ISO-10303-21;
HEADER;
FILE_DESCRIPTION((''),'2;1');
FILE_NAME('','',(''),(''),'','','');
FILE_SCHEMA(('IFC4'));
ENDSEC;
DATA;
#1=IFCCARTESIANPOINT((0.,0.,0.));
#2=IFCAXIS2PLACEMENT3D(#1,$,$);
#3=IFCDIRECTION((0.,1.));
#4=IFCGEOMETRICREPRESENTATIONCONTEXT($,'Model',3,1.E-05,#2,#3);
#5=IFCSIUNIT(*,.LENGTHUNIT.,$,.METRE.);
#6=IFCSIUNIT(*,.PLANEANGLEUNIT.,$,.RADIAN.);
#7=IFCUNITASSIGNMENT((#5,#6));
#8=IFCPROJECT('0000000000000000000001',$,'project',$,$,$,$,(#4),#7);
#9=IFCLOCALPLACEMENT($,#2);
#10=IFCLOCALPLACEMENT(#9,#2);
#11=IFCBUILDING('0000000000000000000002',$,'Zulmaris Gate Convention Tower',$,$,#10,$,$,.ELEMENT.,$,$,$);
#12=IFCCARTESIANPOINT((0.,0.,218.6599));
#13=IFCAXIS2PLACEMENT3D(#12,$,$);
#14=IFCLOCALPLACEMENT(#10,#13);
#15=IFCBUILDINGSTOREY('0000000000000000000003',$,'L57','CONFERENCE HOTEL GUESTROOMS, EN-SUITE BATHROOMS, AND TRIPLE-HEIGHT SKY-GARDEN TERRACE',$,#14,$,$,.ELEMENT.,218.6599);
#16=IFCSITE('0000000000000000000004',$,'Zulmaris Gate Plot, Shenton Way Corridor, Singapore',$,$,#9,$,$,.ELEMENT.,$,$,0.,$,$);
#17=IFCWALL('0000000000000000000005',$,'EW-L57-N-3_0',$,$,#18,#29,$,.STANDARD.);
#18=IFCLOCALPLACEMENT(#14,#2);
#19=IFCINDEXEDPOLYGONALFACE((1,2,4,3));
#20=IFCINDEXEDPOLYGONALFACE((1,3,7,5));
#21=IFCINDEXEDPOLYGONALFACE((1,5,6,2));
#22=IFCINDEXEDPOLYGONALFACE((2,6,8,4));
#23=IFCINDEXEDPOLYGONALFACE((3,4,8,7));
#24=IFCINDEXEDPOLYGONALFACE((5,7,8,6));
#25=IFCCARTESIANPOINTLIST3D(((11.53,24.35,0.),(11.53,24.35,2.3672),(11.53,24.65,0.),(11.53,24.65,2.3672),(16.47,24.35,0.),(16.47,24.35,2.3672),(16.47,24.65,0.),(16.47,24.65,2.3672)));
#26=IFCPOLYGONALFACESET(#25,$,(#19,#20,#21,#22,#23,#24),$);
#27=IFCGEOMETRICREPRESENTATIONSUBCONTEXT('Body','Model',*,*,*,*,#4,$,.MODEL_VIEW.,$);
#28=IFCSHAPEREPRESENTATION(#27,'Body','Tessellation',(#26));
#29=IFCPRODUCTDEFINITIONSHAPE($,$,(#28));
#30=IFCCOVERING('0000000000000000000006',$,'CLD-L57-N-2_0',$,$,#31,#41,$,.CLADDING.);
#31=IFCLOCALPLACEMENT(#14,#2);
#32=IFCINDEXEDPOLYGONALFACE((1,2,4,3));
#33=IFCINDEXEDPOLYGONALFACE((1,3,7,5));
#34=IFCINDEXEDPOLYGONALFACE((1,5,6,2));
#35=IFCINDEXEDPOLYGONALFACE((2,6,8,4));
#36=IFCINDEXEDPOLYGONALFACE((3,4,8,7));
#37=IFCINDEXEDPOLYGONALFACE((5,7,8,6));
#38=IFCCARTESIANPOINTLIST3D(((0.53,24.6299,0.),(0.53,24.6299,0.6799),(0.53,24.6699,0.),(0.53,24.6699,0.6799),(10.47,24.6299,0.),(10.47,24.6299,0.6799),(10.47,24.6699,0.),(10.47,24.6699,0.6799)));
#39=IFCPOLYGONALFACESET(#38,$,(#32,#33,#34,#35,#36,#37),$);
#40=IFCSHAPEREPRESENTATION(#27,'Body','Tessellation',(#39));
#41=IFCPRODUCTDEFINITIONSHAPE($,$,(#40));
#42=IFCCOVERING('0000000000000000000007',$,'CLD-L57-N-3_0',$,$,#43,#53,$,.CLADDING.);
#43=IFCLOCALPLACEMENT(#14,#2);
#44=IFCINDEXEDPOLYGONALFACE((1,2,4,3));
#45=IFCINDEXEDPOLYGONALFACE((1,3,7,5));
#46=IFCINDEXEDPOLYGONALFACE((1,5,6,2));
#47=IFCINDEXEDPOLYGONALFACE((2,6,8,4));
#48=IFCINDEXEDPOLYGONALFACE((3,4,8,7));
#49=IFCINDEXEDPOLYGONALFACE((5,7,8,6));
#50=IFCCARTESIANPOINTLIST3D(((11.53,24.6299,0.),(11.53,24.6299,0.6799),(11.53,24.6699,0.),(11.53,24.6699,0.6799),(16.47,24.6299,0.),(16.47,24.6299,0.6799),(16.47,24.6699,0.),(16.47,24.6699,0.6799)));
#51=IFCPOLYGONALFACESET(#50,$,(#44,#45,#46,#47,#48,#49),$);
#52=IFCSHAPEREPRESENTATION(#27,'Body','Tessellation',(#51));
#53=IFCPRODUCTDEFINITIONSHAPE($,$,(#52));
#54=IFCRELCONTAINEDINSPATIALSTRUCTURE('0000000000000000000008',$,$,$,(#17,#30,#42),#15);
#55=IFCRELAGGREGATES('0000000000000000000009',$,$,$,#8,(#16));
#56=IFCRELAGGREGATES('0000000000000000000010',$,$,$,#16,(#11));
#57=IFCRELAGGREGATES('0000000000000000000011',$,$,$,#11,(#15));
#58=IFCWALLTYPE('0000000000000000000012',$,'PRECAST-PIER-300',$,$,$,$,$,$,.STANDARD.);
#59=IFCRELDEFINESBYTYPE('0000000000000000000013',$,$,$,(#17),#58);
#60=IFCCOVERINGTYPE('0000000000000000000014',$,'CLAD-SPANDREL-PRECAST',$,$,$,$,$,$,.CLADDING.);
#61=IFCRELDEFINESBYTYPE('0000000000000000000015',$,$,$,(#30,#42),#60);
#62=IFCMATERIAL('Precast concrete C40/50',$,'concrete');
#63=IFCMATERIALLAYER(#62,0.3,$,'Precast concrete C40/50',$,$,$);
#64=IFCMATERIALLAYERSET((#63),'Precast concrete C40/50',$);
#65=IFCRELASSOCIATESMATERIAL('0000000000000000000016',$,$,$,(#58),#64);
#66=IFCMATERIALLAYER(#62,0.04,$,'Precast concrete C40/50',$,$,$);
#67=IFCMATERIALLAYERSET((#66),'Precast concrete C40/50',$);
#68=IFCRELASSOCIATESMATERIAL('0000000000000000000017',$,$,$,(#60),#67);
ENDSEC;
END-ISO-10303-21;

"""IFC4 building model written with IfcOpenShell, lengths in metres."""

from ifc_helpers import new_model, si_unit, direction, frame, frame_2d, origin, place, context, subcontext, project, spatial, rectangle, extrude, material, layer, layer_set, type_object, element, save


model = new_model("IFC4")

# Units and contexts
model_context = context("Model", 3, precision=1e-05, world=origin(), true_north=direction((0.0, 1.0)))
body_context = subcontext(model_context, "Body", "Model", "MODEL_VIEW")
ifc_project = project(units=[si_unit("LENGTHUNIT", "METRE"), si_unit("PLANEANGLEUNIT", "RADIAN")], contexts=[model_context])

# Site, building, storey
site_placement = place(None, origin())
site = spatial("IfcSite", under=ifc_project, at=site_placement, Name="Zulmaris Gate Plot, Shenton Way Corridor, Singapore", CompositionType="ELEMENT", RefElevation=0.0)
building_placement = place(site_placement, origin())
building = spatial("IfcBuilding", under=site, at=building_placement, Name="Zulmaris Gate Convention Tower", CompositionType="ELEMENT")
storey_placement = place(building_placement, frame((0.0, 0.0, 218.6599)))
storey = spatial("IfcBuildingStorey", under=building, at=storey_placement, Name="L57", Description="CONFERENCE HOTEL GUESTROOMS, EN-SUITE BATHROOMS, AND TRIPLE-HEIGHT SKY-GARDEN TERRACE", CompositionType="ELEMENT", Elevation=218.6599)

# Wall
ifc_material_1 = material(Name="Precast concrete C40/50", Category="concrete")
ifc_layer_1 = layer(ifc_material_1, 0.3, Name="Precast concrete C40/50")
ifc_layer_set_1 = layer_set([ifc_layer_1], Name="Precast concrete C40/50")
wall_type_1 = type_object("IfcWallType", Name="PRECAST-PIER-300", PredefinedType="STANDARD", material=ifc_layer_set_1)
wall_1_placement = place(storey_placement, frame((16.47, 24.5, 0.0), z_axis=(0.0, 0.0, 1.0), x_axis=(-1.0, 0.0, 0.0)))
element("IfcWall", 1, at=wall_1_placement, inside=storey, type_object=wall_type_1, Name="EW-L57-N-3_0", PredefinedType="STANDARD", context=body_context, shape_type="SweptSolid", body=[
    extrude(rectangle(XDim=4.9399, YDim=0.3, at=frame_2d((2.47, 0.0))), origin(), (0.0, 0.0, 1.0), 2.3672),
])

# Coverings
ifc_layer_2 = layer(ifc_material_1, 0.04, Name="Precast concrete C40/50")
ifc_layer_set_2 = layer_set([ifc_layer_2], Name="Precast concrete C40/50")
covering_type = type_object("IfcCoveringType", Name="CLAD-SPANDREL-PRECAST", PredefinedType="CLADDING", material=ifc_layer_set_2)
covering_1_placement = place(storey_placement, frame((10.47, 24.6499, 0.0), z_axis=(0.0, 0.0, 1.0), x_axis=(-1.0, 0.0, 0.0)))
element("IfcCovering", 2, at=covering_1_placement, inside=storey, type_object=covering_type, Name="CLD-L57-N-2_0", PredefinedType="CLADDING", context=body_context, shape_type="SweptSolid", body=[
    extrude(rectangle(XDim=9.9399, YDim=0.04, at=frame_2d((4.97, 0.0))), origin(), (0.0, 0.0, 1.0), 0.6799),
])
covering_2_placement = place(storey_placement, frame((16.47, 24.6499, 0.0), z_axis=(0.0, 0.0, 1.0), x_axis=(-1.0, 0.0, 0.0)))
element("IfcCovering", 3, at=covering_2_placement, inside=storey, type_object=covering_type, Name="CLD-L57-N-3_0", PredefinedType="CLADDING", context=body_context, shape_type="SweptSolid", body=[
    extrude(rectangle(XDim=4.9399, YDim=0.04, at=frame_2d((2.47, 0.0))), origin(), (0.0, 0.0, 1.0), 0.6799),
])

save(model, "model.ifc")
